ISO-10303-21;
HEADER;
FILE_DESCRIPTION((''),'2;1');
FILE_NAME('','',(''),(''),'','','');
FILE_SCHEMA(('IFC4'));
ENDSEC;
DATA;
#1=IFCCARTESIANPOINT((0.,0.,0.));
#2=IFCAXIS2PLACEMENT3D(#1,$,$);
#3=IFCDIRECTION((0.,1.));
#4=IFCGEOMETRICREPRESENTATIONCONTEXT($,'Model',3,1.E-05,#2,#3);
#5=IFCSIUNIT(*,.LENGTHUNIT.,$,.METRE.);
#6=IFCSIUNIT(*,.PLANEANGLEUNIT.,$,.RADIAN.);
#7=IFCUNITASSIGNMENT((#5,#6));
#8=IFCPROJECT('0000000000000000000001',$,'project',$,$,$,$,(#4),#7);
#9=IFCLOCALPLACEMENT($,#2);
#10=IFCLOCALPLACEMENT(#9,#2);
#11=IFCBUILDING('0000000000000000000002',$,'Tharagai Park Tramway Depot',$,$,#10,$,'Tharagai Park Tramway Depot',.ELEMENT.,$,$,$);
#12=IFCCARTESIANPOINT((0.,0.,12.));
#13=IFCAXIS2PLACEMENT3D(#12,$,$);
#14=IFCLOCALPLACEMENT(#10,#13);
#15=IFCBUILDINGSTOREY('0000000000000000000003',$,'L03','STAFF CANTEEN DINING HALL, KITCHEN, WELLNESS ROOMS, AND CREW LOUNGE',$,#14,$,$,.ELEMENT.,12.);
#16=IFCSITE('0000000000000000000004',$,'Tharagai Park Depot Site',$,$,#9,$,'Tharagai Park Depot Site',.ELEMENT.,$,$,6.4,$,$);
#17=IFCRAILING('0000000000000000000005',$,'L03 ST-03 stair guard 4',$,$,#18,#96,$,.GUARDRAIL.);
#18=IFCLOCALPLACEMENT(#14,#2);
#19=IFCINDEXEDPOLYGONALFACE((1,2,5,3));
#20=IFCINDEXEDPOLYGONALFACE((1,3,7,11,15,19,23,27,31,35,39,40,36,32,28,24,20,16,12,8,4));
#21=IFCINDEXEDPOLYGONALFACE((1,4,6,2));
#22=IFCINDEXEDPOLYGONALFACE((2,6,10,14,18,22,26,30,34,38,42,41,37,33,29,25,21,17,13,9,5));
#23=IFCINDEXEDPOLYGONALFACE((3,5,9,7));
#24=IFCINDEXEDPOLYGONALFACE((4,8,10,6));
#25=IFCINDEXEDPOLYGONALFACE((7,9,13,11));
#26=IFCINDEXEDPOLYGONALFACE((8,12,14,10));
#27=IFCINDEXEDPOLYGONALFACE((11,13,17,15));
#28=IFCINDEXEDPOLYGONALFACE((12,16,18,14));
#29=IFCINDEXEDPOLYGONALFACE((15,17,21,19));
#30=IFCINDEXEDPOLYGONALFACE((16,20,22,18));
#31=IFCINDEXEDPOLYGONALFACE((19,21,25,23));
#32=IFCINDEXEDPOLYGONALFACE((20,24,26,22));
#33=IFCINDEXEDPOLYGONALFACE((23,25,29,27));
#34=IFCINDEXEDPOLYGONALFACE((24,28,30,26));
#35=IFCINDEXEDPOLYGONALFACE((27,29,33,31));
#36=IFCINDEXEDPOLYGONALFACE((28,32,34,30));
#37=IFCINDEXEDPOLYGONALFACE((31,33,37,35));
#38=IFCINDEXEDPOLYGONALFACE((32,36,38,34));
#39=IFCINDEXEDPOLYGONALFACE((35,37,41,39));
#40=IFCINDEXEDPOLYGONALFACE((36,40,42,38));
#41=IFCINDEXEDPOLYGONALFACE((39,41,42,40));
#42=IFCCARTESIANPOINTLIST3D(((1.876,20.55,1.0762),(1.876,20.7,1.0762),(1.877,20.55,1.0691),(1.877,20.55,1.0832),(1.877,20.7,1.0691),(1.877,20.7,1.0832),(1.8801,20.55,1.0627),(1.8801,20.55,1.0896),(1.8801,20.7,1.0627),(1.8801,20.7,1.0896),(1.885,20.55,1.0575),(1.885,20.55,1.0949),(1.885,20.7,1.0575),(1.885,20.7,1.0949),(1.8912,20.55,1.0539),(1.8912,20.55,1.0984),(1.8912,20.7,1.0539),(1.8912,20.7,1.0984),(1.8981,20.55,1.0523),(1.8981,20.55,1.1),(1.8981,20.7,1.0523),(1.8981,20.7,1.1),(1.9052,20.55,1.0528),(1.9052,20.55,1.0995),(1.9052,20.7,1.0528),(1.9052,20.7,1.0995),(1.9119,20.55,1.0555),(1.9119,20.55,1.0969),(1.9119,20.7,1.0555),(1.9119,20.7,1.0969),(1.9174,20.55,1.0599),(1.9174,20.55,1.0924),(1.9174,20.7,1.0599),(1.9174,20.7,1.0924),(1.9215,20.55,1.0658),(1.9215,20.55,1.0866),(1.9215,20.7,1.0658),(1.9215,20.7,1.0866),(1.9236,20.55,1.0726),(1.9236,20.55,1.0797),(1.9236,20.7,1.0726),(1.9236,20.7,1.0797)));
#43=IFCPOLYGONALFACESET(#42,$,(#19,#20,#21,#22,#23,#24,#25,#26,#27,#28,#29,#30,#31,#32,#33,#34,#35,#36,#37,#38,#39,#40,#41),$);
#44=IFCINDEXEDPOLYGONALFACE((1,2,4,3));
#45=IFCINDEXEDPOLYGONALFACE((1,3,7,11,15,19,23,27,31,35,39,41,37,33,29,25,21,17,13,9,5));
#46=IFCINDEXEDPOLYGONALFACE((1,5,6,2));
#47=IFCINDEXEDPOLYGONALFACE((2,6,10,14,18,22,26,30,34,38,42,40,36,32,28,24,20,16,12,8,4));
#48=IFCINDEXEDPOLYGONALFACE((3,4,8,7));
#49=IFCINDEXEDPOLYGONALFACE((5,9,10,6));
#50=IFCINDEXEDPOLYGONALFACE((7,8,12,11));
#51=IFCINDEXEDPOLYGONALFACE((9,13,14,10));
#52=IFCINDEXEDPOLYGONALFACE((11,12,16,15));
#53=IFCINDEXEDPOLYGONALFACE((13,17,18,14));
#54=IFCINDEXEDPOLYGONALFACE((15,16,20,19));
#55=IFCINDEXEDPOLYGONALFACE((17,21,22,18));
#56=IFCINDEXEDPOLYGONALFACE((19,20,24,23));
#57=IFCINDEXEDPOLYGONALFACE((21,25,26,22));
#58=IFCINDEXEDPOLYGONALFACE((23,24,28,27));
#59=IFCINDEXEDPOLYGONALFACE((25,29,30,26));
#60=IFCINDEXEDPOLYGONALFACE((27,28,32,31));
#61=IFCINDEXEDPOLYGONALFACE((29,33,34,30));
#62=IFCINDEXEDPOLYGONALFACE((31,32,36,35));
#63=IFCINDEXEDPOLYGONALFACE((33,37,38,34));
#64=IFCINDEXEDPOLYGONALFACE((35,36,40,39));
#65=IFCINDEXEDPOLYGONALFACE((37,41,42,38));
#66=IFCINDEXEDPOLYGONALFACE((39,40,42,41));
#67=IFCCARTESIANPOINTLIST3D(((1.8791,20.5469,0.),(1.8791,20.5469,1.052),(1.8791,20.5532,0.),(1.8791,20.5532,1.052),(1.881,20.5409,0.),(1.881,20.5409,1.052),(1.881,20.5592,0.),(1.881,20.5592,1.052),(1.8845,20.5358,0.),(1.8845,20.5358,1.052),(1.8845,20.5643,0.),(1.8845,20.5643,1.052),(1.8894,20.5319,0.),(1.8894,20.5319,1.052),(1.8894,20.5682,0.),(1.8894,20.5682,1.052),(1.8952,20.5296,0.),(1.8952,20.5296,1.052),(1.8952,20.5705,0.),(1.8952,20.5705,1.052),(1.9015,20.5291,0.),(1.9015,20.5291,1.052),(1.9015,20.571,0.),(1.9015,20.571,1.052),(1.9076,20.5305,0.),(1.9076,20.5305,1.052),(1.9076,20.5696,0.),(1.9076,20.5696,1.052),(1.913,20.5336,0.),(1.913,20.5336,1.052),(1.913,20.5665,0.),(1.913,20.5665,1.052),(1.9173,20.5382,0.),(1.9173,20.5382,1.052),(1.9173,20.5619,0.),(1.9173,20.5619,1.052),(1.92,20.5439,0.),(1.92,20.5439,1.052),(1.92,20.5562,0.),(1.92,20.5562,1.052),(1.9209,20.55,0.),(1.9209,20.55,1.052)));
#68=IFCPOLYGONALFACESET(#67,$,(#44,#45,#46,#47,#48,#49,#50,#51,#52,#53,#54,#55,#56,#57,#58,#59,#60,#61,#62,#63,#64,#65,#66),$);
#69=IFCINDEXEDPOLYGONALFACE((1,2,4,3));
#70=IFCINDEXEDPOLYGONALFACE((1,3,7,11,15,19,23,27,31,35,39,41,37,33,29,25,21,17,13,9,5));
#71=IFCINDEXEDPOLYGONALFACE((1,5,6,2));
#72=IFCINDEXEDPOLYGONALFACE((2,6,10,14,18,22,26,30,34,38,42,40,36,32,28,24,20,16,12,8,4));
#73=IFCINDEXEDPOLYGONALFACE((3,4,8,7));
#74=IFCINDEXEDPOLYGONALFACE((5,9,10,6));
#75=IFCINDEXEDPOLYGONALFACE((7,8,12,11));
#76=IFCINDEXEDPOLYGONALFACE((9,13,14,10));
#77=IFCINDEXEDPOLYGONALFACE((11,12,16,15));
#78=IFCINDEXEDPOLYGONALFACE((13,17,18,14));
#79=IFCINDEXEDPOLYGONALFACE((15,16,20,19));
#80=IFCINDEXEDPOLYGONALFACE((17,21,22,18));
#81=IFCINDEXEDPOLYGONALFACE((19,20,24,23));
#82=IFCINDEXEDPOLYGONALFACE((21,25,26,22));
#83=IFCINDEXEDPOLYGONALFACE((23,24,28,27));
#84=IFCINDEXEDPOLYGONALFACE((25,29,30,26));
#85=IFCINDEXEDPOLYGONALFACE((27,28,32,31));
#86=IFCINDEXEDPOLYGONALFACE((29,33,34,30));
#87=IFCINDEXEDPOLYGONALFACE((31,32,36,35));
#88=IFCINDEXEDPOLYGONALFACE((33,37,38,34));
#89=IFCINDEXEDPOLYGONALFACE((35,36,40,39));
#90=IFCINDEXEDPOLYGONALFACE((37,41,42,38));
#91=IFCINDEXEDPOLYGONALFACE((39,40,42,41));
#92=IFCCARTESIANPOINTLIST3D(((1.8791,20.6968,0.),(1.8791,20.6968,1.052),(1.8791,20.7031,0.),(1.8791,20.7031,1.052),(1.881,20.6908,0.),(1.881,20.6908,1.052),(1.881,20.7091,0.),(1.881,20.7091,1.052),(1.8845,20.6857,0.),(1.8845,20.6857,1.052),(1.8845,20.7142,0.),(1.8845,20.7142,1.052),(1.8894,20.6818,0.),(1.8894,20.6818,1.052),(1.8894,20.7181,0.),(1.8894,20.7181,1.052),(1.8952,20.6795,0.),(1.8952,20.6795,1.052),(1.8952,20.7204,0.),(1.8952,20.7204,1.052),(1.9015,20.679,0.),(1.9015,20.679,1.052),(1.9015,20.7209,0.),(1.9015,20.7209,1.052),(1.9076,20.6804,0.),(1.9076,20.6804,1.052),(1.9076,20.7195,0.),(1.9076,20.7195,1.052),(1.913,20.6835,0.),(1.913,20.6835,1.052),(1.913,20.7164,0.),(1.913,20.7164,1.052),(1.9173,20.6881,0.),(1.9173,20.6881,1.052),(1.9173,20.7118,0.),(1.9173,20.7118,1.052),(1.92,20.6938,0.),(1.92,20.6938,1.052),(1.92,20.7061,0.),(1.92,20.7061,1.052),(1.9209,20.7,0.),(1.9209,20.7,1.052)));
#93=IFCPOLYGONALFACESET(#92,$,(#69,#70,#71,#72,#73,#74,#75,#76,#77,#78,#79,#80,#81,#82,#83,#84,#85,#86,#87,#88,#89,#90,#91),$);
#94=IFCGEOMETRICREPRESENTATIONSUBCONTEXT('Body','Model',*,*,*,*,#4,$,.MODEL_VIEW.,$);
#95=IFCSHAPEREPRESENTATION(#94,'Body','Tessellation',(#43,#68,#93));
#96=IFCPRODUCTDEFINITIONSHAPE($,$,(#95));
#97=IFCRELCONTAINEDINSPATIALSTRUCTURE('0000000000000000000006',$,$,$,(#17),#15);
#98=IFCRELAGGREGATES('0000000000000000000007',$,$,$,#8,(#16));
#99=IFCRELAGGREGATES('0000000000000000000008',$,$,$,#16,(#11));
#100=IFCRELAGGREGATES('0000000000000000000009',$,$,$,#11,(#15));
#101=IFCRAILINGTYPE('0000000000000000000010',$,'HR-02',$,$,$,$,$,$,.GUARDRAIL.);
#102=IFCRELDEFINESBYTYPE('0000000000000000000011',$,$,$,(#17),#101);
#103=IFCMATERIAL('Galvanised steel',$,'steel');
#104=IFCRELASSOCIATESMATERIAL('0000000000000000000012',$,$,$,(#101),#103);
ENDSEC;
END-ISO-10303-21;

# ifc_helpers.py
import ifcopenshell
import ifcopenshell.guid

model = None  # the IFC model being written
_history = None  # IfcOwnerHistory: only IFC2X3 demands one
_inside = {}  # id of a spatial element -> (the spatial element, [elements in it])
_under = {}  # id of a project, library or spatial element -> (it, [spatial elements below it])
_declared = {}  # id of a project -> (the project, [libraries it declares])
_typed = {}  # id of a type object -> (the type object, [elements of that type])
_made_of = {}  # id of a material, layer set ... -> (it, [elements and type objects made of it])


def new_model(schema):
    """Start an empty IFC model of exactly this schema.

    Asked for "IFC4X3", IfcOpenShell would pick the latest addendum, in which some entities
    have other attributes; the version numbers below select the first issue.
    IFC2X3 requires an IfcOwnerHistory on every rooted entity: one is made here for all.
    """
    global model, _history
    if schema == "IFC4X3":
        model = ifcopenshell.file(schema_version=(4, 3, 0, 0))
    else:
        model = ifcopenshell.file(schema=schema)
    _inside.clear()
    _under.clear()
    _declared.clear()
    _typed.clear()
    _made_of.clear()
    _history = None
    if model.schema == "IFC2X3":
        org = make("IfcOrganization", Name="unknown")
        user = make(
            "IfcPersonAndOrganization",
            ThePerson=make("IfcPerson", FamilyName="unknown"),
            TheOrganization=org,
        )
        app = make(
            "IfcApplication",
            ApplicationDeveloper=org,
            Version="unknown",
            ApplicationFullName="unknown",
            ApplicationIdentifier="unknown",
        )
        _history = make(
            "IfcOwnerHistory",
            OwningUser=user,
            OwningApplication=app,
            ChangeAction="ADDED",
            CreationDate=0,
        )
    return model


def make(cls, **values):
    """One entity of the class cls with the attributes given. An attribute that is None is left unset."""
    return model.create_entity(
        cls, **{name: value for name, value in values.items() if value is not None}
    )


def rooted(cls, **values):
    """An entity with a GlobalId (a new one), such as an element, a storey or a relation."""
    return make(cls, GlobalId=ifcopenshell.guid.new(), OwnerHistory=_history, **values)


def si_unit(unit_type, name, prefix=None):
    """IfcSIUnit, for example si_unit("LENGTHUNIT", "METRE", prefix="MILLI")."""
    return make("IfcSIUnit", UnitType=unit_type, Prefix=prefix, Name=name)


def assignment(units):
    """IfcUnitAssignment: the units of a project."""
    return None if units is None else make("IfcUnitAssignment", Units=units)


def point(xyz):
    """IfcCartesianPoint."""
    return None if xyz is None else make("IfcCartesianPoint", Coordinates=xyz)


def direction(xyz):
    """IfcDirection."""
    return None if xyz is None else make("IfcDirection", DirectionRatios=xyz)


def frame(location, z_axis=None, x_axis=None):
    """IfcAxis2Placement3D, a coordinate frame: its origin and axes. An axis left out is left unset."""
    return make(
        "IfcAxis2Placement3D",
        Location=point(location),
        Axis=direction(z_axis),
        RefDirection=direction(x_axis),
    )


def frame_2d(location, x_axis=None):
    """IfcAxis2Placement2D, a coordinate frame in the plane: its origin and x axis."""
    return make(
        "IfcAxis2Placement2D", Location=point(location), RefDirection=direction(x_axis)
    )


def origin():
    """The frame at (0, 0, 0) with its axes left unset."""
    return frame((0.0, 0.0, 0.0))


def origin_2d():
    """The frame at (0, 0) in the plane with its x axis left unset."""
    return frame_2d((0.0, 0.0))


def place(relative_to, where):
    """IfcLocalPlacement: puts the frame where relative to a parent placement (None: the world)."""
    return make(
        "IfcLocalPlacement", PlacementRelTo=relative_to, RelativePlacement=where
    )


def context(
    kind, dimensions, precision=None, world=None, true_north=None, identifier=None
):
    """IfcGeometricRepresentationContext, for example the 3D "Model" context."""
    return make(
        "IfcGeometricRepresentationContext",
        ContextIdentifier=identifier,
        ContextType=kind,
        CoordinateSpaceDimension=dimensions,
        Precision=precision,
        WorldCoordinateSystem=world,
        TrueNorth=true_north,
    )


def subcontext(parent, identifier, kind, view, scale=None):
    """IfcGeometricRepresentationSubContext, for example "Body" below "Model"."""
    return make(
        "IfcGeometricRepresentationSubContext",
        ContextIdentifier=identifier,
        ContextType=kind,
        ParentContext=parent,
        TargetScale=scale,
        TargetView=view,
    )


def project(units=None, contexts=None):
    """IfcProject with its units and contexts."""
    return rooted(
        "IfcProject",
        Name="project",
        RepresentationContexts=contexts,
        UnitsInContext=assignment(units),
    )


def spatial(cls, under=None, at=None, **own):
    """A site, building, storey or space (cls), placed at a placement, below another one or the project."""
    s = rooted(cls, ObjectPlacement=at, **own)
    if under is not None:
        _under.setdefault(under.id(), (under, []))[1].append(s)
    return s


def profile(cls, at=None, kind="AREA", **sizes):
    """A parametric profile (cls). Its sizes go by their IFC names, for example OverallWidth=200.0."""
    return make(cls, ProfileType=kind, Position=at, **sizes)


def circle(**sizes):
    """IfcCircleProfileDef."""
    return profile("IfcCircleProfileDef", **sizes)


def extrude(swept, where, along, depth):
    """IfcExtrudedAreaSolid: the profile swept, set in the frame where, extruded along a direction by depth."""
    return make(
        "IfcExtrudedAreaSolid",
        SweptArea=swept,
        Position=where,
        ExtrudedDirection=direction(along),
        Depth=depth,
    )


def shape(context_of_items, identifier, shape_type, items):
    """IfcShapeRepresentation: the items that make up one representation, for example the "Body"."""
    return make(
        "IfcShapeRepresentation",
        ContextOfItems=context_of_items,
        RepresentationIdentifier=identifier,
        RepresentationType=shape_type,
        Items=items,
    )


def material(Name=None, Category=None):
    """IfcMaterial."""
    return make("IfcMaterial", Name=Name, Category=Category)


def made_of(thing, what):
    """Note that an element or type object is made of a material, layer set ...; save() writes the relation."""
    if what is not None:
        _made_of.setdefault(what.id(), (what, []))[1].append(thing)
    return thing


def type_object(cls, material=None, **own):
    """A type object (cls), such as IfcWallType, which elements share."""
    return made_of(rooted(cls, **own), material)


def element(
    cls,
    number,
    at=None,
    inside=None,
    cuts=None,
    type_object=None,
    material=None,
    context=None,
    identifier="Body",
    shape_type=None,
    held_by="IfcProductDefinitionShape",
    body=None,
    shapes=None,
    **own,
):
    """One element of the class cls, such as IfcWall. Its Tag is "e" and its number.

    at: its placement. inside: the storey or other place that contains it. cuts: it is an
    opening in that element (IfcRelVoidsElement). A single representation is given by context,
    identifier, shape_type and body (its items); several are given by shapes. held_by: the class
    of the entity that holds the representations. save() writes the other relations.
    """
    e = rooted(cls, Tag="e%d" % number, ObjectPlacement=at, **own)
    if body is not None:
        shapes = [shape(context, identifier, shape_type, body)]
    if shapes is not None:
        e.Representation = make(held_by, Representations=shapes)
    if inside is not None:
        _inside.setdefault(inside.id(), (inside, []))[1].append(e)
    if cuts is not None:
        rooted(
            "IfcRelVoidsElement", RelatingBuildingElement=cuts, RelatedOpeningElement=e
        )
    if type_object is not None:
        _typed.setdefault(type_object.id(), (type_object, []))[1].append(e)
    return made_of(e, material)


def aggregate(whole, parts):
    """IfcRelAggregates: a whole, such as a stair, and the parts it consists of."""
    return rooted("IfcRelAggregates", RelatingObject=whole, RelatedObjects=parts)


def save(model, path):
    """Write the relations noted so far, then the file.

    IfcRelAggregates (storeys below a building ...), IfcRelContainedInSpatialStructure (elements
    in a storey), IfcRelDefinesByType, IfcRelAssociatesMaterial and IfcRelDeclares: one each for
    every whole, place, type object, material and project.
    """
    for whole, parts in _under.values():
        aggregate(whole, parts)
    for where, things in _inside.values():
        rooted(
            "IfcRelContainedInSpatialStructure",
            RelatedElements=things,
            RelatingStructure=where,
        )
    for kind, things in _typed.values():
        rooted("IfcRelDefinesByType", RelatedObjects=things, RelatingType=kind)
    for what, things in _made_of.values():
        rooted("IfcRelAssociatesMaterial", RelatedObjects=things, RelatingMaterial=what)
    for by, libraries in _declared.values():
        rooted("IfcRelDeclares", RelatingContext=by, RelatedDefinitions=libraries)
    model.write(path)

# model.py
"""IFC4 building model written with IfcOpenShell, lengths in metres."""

from ifc_helpers import new_model, si_unit, direction, frame, origin, origin_2d, place, context, subcontext, project, spatial, circle, extrude, material, type_object, element, save


model = new_model("IFC4")

# Units and contexts
model_context = context("Model", 3, precision=1e-05, world=origin(), true_north=direction((0.0, 1.0)))
body_context = subcontext(model_context, "Body", "Model", "MODEL_VIEW")
ifc_project = project(units=[si_unit("LENGTHUNIT", "METRE"), si_unit("PLANEANGLEUNIT", "RADIAN")], contexts=[model_context])

# Site, building, storey
site_placement = place(None, origin())
site = spatial("IfcSite", under=ifc_project, at=site_placement, Name="Tharagai Park Depot Site", LongName="Tharagai Park Depot Site", CompositionType="ELEMENT", RefElevation=6.4)
building_placement = place(site_placement, origin())
building = spatial("IfcBuilding", under=site, at=building_placement, Name="Tharagai Park Tramway Depot", LongName="Tharagai Park Tramway Depot", CompositionType="ELEMENT")
storey_placement = place(building_placement, frame((0.0, 0.0, 12.0)))
storey = spatial("IfcBuildingStorey", under=building, at=storey_placement, Name="L03", Description="STAFF CANTEEN DINING HALL, KITCHEN, WELLNESS ROOMS, AND CREW LOUNGE", CompositionType="ELEMENT", Elevation=12.0)

# Shared definitions
ifc_material_1 = material(Name="Galvanised steel", Category="steel")

# Railing
railing_type_1 = type_object("IfcRailingType", Name="HR-02", PredefinedType="GUARDRAIL", material=ifc_material_1)
railing_1_placement = place(storey_placement, frame((1.8999, 20.55, 0.0)))
element("IfcRailing", 1, at=railing_1_placement, inside=storey, type_object=railing_type_1, Name="L03 ST-03 stair guard 4", PredefinedType="GUARDRAIL", context=body_context, shape_type="SweptSolid", body=[
    extrude(circle(Radius=0.0239, at=origin_2d()), frame((0.0, 0.0, 1.0762), z_axis=(0.0, 1.0, 0.0), x_axis=(-1.0, 0.0, 0.0)), (0.0, 0.0, 1.0), 0.1499),
    extrude(circle(Radius=0.021, at=origin_2d()), origin(), (0.0, 0.0, 1.0), 1.052),
    extrude(circle(Radius=0.021, at=origin_2d()), frame((0.0, 0.1499, 0.0)), (0.0, 0.0, 1.0), 1.052),
])

save(model, "model.ifc")
